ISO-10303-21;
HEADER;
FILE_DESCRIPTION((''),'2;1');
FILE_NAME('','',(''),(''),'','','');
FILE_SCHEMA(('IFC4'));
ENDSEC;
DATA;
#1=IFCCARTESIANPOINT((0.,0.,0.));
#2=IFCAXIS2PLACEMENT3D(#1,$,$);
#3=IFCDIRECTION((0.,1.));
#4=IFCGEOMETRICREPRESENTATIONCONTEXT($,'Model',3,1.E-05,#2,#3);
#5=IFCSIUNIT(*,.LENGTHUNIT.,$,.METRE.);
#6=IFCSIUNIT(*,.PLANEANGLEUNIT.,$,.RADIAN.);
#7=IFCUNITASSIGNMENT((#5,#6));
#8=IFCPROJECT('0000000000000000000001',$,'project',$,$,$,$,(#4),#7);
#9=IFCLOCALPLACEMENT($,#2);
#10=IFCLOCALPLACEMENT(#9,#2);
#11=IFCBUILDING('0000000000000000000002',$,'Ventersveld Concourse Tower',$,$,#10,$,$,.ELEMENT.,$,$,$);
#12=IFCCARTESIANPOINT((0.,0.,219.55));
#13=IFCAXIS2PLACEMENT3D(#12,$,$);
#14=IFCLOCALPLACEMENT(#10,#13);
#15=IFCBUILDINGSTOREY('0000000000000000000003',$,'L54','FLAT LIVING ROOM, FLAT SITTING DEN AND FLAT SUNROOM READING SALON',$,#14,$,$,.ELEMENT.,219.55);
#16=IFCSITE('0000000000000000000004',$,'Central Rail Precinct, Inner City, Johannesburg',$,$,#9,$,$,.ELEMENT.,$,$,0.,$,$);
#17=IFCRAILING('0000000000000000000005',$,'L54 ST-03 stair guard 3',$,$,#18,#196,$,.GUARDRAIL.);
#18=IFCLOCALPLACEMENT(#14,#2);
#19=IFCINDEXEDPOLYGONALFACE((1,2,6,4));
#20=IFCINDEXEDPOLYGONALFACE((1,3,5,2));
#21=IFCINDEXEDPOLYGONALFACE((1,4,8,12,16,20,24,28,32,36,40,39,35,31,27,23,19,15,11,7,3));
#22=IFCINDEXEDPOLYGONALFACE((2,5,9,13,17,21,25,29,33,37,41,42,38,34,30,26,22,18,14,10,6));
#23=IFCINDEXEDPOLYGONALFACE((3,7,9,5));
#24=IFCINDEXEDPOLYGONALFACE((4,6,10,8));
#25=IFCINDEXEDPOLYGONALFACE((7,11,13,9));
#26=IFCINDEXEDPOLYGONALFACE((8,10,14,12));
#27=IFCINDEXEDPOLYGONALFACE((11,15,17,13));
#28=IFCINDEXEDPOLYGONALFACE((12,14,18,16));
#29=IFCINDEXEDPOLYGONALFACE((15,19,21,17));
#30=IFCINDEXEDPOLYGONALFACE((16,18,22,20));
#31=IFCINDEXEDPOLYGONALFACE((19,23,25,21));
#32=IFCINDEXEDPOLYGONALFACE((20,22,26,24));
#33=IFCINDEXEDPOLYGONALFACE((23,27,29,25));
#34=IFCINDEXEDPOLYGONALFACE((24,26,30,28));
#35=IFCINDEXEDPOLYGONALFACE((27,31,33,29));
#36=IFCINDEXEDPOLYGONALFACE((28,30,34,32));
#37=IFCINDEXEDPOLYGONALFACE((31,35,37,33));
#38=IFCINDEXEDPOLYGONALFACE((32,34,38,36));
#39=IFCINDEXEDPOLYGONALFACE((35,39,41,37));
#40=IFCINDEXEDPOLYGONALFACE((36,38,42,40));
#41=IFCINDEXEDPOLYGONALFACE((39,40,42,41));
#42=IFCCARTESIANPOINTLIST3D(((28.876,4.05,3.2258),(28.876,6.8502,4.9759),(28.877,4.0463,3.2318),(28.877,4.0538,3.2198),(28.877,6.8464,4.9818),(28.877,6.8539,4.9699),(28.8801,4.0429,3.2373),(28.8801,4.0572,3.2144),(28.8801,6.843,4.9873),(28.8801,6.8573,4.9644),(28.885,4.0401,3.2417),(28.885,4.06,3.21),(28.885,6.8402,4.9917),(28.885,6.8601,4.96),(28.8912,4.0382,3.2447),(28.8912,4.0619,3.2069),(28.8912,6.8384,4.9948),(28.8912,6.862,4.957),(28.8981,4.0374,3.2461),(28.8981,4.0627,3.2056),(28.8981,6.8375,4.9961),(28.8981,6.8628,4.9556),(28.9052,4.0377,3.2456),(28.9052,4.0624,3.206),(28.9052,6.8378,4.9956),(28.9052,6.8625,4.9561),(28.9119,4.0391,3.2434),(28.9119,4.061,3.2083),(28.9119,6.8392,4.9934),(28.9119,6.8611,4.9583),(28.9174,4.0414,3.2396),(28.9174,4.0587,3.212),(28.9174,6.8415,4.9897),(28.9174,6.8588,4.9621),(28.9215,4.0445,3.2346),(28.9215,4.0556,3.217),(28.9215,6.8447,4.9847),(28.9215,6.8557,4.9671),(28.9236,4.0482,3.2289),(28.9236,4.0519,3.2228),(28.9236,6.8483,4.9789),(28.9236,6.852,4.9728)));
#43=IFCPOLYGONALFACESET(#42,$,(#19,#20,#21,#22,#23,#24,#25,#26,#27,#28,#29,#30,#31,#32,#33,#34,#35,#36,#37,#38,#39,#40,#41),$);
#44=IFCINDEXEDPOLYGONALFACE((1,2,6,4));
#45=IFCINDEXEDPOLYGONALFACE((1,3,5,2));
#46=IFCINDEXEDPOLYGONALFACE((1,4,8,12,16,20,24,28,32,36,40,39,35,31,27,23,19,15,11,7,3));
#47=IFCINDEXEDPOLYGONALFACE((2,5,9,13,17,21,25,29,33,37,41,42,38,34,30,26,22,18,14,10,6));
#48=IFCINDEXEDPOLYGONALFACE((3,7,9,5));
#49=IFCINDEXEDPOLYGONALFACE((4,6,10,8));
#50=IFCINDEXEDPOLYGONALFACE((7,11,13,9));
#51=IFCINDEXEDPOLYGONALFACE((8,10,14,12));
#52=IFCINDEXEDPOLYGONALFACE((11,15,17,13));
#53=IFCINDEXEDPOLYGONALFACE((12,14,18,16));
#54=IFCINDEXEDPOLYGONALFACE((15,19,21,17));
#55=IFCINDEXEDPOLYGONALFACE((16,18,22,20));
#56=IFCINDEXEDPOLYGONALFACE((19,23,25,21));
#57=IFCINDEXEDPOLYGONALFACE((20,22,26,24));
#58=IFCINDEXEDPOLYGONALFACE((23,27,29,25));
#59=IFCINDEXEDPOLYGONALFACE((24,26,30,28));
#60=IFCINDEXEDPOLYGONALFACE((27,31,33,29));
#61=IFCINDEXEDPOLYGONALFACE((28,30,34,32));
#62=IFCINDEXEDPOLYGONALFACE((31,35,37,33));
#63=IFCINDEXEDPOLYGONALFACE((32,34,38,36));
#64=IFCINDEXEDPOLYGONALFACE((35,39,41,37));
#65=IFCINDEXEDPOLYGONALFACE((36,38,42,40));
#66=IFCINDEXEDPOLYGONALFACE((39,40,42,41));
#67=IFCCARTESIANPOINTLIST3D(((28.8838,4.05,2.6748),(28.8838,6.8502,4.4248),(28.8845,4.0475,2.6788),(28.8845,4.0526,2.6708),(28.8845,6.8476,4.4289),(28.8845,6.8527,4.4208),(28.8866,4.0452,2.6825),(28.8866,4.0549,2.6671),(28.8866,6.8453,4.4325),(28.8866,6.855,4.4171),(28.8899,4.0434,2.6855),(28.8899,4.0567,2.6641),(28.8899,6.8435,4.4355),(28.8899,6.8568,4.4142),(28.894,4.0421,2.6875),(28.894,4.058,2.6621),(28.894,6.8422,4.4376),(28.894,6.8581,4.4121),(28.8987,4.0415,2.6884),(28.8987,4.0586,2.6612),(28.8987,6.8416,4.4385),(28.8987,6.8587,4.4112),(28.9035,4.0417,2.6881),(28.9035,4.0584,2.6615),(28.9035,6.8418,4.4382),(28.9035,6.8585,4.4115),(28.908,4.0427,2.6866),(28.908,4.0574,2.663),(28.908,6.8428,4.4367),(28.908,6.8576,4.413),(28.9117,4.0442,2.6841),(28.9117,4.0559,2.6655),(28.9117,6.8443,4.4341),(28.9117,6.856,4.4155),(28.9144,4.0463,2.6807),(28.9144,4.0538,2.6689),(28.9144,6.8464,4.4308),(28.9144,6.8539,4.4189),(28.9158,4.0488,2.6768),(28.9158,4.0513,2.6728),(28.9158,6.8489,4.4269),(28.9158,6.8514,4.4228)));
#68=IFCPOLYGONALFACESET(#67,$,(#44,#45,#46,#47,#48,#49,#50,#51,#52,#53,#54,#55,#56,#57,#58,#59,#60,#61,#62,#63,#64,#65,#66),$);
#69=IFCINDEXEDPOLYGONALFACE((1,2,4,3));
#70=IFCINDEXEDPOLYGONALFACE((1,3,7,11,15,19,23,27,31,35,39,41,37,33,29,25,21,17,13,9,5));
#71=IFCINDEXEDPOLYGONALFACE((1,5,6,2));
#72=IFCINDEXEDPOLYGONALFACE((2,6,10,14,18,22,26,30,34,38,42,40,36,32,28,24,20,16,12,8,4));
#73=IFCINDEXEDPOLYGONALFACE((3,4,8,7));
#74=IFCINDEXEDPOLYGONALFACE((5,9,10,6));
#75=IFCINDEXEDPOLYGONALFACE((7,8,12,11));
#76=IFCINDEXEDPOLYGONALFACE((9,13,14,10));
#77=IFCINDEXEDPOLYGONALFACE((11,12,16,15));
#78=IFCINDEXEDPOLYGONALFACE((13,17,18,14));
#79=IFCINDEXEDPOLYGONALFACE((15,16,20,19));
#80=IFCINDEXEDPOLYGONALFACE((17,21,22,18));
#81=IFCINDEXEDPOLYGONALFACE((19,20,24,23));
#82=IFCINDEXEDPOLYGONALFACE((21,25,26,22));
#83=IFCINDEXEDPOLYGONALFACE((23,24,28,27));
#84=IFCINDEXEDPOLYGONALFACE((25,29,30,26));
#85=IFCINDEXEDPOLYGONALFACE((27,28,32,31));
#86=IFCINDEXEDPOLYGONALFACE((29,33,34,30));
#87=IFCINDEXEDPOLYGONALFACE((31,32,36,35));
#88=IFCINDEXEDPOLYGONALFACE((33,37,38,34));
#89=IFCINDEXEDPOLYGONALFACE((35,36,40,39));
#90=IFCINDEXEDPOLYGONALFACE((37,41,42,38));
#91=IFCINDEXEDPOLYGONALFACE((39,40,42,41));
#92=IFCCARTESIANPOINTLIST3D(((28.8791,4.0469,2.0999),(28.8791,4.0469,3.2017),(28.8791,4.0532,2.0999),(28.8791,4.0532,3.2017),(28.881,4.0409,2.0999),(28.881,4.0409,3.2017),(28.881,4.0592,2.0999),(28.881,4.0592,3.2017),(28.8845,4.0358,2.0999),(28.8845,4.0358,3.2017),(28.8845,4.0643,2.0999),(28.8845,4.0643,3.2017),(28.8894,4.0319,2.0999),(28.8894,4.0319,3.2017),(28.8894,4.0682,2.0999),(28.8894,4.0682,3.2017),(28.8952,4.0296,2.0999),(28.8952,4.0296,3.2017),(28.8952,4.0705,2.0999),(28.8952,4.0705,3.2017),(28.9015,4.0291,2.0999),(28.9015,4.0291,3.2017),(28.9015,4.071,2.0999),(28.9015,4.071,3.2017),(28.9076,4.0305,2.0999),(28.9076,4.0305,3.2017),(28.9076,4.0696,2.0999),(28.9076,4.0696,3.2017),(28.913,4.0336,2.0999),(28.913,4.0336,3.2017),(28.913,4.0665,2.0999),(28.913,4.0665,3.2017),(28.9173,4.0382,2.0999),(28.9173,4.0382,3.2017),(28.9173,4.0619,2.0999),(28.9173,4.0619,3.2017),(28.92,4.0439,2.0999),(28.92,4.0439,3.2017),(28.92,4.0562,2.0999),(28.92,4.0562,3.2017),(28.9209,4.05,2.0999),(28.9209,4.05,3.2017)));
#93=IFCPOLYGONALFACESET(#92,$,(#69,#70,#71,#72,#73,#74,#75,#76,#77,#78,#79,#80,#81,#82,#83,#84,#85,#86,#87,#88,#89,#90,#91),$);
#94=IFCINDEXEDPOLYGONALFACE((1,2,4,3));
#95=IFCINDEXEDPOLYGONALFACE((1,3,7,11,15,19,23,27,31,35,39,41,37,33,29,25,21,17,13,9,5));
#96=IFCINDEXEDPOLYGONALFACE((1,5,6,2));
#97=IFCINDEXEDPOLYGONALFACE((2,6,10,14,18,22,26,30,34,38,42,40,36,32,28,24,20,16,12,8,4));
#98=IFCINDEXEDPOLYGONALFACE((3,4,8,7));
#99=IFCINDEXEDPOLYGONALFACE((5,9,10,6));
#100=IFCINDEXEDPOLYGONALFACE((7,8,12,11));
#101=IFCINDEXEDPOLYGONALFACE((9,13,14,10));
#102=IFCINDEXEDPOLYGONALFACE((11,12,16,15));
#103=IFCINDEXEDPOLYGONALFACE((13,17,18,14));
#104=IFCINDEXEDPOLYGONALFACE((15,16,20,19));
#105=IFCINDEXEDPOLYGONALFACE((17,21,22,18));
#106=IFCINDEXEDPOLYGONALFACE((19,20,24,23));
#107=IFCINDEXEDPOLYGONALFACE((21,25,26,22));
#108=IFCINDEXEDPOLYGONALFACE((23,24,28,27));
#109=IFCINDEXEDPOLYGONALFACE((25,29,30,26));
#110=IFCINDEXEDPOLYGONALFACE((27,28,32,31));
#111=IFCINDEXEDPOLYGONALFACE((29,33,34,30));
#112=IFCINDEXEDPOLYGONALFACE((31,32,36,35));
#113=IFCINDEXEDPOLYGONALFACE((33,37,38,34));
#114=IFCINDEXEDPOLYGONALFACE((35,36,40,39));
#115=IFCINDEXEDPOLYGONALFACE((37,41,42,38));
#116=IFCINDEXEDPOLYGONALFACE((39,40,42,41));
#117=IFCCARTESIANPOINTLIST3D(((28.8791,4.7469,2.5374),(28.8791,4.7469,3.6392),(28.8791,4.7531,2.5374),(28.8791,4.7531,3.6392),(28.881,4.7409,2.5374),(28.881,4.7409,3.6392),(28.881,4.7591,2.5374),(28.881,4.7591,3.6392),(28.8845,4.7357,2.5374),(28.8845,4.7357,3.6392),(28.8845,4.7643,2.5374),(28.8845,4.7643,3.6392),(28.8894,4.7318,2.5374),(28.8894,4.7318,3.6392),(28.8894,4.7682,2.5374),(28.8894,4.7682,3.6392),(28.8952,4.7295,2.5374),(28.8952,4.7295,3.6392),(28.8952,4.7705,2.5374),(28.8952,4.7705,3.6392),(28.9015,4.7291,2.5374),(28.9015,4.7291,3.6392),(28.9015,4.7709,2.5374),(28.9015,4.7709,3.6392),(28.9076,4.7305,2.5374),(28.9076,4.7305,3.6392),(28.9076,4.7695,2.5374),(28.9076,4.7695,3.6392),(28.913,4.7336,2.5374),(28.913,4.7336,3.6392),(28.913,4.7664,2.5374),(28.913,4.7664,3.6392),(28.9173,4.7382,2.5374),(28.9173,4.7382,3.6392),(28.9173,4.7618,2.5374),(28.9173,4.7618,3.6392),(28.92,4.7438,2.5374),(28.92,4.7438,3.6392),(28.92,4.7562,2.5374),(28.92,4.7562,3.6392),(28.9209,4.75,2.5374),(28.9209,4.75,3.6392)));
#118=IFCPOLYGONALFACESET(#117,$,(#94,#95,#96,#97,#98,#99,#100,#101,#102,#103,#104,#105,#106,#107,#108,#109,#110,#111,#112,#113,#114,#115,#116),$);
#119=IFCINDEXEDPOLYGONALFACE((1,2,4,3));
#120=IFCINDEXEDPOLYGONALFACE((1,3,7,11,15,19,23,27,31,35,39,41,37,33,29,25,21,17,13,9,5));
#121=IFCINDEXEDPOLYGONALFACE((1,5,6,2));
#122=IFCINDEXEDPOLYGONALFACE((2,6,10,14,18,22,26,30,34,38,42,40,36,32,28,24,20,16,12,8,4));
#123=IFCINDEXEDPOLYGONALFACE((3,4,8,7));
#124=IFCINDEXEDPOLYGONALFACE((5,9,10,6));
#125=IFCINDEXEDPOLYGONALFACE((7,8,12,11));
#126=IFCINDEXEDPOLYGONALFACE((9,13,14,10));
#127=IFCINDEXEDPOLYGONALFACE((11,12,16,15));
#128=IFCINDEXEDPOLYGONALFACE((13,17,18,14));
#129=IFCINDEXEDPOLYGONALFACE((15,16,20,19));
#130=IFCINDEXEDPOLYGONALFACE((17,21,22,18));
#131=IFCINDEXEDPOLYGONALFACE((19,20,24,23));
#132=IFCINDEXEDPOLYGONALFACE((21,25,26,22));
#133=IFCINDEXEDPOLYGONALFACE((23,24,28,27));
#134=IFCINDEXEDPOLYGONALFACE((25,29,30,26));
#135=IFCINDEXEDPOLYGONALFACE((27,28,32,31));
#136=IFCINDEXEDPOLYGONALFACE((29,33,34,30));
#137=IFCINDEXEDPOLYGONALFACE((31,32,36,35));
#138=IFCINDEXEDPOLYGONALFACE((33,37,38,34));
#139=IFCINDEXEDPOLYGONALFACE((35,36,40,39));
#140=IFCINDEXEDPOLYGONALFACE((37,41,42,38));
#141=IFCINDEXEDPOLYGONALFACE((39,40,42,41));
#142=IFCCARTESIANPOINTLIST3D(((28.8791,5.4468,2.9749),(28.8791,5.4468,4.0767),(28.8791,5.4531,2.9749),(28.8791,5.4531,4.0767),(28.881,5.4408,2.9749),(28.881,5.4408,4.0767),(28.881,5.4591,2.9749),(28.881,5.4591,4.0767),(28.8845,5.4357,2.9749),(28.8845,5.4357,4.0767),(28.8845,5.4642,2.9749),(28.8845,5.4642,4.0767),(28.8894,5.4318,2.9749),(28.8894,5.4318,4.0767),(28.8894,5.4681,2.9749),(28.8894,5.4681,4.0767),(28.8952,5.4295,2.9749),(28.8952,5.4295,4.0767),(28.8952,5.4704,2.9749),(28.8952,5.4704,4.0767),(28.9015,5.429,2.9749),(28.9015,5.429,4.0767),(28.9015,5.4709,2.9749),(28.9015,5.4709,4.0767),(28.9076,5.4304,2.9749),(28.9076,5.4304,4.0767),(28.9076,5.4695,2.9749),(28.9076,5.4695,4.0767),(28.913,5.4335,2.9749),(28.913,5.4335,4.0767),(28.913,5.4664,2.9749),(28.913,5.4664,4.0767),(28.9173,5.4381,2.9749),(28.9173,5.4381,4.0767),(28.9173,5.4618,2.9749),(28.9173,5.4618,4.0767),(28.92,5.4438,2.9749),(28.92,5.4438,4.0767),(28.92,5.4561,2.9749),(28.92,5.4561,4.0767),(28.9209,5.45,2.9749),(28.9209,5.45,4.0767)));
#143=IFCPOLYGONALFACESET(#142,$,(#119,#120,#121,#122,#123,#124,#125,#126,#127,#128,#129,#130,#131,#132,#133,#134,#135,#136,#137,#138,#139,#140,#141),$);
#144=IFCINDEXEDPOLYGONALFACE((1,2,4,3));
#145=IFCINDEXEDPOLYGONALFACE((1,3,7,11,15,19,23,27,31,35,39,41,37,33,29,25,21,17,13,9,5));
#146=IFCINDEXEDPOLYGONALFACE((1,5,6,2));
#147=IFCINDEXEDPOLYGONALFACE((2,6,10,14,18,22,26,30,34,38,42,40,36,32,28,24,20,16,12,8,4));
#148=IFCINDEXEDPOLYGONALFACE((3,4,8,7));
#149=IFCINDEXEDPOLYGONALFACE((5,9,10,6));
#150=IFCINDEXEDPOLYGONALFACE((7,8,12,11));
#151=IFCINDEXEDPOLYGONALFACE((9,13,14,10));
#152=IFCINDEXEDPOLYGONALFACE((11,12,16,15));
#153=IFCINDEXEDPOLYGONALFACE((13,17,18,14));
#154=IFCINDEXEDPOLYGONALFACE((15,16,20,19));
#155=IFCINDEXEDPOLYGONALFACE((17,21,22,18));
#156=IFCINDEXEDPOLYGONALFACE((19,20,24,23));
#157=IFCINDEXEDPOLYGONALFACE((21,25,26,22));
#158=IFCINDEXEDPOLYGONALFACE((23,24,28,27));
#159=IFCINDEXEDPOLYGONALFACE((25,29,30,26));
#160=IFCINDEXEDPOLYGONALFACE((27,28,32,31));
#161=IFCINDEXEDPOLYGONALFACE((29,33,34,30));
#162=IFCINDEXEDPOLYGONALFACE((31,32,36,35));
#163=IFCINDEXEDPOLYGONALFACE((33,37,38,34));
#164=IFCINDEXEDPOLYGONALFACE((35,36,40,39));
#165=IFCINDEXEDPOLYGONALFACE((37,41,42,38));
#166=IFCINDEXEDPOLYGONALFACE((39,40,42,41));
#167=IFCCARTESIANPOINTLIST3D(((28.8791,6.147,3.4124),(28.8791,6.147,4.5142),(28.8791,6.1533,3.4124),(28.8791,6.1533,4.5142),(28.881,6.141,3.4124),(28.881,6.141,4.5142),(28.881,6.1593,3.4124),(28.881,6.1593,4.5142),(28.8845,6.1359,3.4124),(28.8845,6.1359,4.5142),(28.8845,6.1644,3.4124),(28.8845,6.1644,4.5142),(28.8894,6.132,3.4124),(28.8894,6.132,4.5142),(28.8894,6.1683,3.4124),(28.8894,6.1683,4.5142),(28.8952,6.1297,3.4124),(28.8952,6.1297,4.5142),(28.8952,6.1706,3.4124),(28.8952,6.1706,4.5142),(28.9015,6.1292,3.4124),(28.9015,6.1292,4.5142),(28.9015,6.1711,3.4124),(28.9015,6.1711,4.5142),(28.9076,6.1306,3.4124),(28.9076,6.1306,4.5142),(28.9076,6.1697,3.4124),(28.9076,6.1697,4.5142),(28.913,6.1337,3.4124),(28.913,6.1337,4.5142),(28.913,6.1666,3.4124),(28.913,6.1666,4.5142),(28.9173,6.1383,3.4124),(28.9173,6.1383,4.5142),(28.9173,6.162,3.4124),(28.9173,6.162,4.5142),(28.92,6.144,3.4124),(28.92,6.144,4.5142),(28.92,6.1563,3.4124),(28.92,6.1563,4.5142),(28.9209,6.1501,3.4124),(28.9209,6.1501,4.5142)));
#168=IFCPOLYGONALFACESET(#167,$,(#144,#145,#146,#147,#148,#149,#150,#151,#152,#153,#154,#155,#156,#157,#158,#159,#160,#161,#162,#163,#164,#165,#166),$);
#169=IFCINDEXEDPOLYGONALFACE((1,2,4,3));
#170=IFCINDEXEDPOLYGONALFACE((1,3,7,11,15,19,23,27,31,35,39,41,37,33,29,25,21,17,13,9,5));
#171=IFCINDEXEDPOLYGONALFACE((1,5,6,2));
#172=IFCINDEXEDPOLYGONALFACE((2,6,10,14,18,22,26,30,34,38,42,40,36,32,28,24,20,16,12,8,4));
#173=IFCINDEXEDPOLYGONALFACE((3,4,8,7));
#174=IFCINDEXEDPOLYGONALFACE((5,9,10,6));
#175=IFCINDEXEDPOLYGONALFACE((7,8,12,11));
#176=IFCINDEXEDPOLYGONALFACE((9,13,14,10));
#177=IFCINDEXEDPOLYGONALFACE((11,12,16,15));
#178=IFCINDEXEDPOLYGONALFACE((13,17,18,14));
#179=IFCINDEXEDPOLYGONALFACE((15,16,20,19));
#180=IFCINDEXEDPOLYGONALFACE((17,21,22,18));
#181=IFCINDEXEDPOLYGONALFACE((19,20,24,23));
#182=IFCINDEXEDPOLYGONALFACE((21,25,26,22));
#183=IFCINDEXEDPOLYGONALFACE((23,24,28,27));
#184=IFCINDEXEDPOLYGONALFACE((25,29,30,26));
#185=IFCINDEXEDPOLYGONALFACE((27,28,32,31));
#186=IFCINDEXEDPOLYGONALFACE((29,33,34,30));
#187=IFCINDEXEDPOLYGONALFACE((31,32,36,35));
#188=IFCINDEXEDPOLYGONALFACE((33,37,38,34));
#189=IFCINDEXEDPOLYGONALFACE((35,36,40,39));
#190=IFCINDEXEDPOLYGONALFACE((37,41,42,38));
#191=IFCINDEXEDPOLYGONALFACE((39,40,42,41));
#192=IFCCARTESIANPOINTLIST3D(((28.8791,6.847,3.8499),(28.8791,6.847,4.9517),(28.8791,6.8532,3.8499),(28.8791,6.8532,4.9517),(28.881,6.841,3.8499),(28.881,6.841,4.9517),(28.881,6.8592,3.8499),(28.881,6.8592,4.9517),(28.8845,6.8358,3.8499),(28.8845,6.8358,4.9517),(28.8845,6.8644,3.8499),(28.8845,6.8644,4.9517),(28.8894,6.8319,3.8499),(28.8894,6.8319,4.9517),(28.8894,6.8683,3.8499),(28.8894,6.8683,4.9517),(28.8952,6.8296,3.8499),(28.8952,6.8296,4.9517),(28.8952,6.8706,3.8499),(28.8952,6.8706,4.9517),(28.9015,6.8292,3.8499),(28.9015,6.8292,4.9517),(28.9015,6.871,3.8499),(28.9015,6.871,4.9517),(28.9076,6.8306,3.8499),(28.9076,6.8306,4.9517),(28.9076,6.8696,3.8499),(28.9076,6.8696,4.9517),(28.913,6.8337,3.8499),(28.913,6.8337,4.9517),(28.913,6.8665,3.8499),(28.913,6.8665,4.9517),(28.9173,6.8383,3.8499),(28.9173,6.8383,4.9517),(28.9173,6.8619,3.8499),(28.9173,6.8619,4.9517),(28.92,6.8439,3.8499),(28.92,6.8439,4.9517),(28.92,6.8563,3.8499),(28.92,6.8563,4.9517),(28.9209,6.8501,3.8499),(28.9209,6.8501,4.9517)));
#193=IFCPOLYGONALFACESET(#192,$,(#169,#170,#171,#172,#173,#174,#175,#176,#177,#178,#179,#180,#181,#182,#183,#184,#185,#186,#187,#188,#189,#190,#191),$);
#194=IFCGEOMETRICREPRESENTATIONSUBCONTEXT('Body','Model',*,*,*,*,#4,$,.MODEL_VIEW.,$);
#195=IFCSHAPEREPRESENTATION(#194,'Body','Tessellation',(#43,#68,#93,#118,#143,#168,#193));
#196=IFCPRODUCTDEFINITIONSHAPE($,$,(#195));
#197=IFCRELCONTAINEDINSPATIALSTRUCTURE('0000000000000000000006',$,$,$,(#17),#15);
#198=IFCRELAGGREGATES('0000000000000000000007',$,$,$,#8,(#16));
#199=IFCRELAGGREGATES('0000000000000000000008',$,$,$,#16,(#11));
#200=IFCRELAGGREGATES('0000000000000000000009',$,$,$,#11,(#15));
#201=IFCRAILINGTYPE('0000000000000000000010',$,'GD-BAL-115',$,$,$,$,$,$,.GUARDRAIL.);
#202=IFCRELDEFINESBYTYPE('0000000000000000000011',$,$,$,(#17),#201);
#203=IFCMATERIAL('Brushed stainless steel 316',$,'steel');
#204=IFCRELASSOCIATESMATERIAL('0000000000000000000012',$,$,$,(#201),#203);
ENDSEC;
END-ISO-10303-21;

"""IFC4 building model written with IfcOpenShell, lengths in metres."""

from ifc_helpers import new_model, si_unit, direction, frame, origin, origin_2d, place, context, subcontext, project, spatial, circle, extrude, material, type_object, element, save


model = new_model("IFC4")

# Units and contexts
model_context = context("Model", 3, precision=1e-05, world=origin(), true_north=direction((0.0, 1.0)))
body_context = subcontext(model_context, "Body", "Model", "MODEL_VIEW")
ifc_project = project(units=[si_unit("LENGTHUNIT", "METRE"), si_unit("PLANEANGLEUNIT", "RADIAN")], contexts=[model_context])

# Site, building, storey
site_placement = place(None, origin())
site = spatial("IfcSite", under=ifc_project, at=site_placement, Name="Central Rail Precinct, Inner City, Johannesburg", CompositionType="ELEMENT", RefElevation=0.0)
building_placement = place(site_placement, origin())
building = spatial("IfcBuilding", under=site, at=building_placement, Name="Ventersveld Concourse Tower", CompositionType="ELEMENT")
storey_placement = place(building_placement, frame((0.0, 0.0, 219.55)))
storey = spatial("IfcBuildingStorey", under=building, at=storey_placement, Name="L54", Description="FLAT LIVING ROOM, FLAT SITTING DEN AND FLAT SUNROOM READING SALON", CompositionType="ELEMENT", Elevation=219.55)

# Shared definitions
ifc_material_1 = material(Name="Brushed stainless steel 316", Category="steel")

# Railing
railing_type = type_object("IfcRailingType", Name="GD-BAL-115", PredefinedType="GUARDRAIL", material=ifc_material_1)
railing_1_placement = place(storey_placement, frame((28.8999, 4.05, 2.0999)))
element("IfcRailing", 1, at=railing_1_placement, inside=storey, type_object=railing_type, Name="L54 ST-03 stair guard 3", PredefinedType="GUARDRAIL", context=body_context, shape_type="SweptSolid", body=[
    extrude(circle(Radius=0.0239, at=origin_2d()), frame((0.0, 0.0, 1.126), z_axis=(0.0, 0.848002, 0.529992), x_axis=(-1.0, 0.0, 0.0)), (0.0, 0.0, 1.0), 3.302),
    extrude(circle(Radius=0.0161, at=origin_2d()), frame((0.0, 0.0, 0.575), z_axis=(0.0, 0.848002, 0.529992), x_axis=(-1.0, 0.0, 0.0)), (0.0, 0.0, 1.0), 3.302),
    extrude(circle(Radius=0.021, at=origin_2d()), origin(), (0.0, 0.0, 1.0), 1.1018),
    extrude(circle(Radius=0.021, at=origin_2d()), frame((0.0, 0.7, 0.4375)), (0.0, 0.0, 1.0), 1.1018),
    extrude(circle(Radius=0.021, at=origin_2d()), frame((0.0, 1.3999, 0.875)), (0.0, 0.0, 1.0), 1.1018),
    extrude(circle(Radius=0.021, at=origin_2d()), frame((0.0, 2.1001, 1.3125)), (0.0, 0.0, 1.0), 1.1018),
    extrude(circle(Radius=0.021, at=origin_2d()), frame((0.0, 2.8, 1.75)), (0.0, 0.0, 1.0), 1.1018),
])

save(model, "model.ifc")
